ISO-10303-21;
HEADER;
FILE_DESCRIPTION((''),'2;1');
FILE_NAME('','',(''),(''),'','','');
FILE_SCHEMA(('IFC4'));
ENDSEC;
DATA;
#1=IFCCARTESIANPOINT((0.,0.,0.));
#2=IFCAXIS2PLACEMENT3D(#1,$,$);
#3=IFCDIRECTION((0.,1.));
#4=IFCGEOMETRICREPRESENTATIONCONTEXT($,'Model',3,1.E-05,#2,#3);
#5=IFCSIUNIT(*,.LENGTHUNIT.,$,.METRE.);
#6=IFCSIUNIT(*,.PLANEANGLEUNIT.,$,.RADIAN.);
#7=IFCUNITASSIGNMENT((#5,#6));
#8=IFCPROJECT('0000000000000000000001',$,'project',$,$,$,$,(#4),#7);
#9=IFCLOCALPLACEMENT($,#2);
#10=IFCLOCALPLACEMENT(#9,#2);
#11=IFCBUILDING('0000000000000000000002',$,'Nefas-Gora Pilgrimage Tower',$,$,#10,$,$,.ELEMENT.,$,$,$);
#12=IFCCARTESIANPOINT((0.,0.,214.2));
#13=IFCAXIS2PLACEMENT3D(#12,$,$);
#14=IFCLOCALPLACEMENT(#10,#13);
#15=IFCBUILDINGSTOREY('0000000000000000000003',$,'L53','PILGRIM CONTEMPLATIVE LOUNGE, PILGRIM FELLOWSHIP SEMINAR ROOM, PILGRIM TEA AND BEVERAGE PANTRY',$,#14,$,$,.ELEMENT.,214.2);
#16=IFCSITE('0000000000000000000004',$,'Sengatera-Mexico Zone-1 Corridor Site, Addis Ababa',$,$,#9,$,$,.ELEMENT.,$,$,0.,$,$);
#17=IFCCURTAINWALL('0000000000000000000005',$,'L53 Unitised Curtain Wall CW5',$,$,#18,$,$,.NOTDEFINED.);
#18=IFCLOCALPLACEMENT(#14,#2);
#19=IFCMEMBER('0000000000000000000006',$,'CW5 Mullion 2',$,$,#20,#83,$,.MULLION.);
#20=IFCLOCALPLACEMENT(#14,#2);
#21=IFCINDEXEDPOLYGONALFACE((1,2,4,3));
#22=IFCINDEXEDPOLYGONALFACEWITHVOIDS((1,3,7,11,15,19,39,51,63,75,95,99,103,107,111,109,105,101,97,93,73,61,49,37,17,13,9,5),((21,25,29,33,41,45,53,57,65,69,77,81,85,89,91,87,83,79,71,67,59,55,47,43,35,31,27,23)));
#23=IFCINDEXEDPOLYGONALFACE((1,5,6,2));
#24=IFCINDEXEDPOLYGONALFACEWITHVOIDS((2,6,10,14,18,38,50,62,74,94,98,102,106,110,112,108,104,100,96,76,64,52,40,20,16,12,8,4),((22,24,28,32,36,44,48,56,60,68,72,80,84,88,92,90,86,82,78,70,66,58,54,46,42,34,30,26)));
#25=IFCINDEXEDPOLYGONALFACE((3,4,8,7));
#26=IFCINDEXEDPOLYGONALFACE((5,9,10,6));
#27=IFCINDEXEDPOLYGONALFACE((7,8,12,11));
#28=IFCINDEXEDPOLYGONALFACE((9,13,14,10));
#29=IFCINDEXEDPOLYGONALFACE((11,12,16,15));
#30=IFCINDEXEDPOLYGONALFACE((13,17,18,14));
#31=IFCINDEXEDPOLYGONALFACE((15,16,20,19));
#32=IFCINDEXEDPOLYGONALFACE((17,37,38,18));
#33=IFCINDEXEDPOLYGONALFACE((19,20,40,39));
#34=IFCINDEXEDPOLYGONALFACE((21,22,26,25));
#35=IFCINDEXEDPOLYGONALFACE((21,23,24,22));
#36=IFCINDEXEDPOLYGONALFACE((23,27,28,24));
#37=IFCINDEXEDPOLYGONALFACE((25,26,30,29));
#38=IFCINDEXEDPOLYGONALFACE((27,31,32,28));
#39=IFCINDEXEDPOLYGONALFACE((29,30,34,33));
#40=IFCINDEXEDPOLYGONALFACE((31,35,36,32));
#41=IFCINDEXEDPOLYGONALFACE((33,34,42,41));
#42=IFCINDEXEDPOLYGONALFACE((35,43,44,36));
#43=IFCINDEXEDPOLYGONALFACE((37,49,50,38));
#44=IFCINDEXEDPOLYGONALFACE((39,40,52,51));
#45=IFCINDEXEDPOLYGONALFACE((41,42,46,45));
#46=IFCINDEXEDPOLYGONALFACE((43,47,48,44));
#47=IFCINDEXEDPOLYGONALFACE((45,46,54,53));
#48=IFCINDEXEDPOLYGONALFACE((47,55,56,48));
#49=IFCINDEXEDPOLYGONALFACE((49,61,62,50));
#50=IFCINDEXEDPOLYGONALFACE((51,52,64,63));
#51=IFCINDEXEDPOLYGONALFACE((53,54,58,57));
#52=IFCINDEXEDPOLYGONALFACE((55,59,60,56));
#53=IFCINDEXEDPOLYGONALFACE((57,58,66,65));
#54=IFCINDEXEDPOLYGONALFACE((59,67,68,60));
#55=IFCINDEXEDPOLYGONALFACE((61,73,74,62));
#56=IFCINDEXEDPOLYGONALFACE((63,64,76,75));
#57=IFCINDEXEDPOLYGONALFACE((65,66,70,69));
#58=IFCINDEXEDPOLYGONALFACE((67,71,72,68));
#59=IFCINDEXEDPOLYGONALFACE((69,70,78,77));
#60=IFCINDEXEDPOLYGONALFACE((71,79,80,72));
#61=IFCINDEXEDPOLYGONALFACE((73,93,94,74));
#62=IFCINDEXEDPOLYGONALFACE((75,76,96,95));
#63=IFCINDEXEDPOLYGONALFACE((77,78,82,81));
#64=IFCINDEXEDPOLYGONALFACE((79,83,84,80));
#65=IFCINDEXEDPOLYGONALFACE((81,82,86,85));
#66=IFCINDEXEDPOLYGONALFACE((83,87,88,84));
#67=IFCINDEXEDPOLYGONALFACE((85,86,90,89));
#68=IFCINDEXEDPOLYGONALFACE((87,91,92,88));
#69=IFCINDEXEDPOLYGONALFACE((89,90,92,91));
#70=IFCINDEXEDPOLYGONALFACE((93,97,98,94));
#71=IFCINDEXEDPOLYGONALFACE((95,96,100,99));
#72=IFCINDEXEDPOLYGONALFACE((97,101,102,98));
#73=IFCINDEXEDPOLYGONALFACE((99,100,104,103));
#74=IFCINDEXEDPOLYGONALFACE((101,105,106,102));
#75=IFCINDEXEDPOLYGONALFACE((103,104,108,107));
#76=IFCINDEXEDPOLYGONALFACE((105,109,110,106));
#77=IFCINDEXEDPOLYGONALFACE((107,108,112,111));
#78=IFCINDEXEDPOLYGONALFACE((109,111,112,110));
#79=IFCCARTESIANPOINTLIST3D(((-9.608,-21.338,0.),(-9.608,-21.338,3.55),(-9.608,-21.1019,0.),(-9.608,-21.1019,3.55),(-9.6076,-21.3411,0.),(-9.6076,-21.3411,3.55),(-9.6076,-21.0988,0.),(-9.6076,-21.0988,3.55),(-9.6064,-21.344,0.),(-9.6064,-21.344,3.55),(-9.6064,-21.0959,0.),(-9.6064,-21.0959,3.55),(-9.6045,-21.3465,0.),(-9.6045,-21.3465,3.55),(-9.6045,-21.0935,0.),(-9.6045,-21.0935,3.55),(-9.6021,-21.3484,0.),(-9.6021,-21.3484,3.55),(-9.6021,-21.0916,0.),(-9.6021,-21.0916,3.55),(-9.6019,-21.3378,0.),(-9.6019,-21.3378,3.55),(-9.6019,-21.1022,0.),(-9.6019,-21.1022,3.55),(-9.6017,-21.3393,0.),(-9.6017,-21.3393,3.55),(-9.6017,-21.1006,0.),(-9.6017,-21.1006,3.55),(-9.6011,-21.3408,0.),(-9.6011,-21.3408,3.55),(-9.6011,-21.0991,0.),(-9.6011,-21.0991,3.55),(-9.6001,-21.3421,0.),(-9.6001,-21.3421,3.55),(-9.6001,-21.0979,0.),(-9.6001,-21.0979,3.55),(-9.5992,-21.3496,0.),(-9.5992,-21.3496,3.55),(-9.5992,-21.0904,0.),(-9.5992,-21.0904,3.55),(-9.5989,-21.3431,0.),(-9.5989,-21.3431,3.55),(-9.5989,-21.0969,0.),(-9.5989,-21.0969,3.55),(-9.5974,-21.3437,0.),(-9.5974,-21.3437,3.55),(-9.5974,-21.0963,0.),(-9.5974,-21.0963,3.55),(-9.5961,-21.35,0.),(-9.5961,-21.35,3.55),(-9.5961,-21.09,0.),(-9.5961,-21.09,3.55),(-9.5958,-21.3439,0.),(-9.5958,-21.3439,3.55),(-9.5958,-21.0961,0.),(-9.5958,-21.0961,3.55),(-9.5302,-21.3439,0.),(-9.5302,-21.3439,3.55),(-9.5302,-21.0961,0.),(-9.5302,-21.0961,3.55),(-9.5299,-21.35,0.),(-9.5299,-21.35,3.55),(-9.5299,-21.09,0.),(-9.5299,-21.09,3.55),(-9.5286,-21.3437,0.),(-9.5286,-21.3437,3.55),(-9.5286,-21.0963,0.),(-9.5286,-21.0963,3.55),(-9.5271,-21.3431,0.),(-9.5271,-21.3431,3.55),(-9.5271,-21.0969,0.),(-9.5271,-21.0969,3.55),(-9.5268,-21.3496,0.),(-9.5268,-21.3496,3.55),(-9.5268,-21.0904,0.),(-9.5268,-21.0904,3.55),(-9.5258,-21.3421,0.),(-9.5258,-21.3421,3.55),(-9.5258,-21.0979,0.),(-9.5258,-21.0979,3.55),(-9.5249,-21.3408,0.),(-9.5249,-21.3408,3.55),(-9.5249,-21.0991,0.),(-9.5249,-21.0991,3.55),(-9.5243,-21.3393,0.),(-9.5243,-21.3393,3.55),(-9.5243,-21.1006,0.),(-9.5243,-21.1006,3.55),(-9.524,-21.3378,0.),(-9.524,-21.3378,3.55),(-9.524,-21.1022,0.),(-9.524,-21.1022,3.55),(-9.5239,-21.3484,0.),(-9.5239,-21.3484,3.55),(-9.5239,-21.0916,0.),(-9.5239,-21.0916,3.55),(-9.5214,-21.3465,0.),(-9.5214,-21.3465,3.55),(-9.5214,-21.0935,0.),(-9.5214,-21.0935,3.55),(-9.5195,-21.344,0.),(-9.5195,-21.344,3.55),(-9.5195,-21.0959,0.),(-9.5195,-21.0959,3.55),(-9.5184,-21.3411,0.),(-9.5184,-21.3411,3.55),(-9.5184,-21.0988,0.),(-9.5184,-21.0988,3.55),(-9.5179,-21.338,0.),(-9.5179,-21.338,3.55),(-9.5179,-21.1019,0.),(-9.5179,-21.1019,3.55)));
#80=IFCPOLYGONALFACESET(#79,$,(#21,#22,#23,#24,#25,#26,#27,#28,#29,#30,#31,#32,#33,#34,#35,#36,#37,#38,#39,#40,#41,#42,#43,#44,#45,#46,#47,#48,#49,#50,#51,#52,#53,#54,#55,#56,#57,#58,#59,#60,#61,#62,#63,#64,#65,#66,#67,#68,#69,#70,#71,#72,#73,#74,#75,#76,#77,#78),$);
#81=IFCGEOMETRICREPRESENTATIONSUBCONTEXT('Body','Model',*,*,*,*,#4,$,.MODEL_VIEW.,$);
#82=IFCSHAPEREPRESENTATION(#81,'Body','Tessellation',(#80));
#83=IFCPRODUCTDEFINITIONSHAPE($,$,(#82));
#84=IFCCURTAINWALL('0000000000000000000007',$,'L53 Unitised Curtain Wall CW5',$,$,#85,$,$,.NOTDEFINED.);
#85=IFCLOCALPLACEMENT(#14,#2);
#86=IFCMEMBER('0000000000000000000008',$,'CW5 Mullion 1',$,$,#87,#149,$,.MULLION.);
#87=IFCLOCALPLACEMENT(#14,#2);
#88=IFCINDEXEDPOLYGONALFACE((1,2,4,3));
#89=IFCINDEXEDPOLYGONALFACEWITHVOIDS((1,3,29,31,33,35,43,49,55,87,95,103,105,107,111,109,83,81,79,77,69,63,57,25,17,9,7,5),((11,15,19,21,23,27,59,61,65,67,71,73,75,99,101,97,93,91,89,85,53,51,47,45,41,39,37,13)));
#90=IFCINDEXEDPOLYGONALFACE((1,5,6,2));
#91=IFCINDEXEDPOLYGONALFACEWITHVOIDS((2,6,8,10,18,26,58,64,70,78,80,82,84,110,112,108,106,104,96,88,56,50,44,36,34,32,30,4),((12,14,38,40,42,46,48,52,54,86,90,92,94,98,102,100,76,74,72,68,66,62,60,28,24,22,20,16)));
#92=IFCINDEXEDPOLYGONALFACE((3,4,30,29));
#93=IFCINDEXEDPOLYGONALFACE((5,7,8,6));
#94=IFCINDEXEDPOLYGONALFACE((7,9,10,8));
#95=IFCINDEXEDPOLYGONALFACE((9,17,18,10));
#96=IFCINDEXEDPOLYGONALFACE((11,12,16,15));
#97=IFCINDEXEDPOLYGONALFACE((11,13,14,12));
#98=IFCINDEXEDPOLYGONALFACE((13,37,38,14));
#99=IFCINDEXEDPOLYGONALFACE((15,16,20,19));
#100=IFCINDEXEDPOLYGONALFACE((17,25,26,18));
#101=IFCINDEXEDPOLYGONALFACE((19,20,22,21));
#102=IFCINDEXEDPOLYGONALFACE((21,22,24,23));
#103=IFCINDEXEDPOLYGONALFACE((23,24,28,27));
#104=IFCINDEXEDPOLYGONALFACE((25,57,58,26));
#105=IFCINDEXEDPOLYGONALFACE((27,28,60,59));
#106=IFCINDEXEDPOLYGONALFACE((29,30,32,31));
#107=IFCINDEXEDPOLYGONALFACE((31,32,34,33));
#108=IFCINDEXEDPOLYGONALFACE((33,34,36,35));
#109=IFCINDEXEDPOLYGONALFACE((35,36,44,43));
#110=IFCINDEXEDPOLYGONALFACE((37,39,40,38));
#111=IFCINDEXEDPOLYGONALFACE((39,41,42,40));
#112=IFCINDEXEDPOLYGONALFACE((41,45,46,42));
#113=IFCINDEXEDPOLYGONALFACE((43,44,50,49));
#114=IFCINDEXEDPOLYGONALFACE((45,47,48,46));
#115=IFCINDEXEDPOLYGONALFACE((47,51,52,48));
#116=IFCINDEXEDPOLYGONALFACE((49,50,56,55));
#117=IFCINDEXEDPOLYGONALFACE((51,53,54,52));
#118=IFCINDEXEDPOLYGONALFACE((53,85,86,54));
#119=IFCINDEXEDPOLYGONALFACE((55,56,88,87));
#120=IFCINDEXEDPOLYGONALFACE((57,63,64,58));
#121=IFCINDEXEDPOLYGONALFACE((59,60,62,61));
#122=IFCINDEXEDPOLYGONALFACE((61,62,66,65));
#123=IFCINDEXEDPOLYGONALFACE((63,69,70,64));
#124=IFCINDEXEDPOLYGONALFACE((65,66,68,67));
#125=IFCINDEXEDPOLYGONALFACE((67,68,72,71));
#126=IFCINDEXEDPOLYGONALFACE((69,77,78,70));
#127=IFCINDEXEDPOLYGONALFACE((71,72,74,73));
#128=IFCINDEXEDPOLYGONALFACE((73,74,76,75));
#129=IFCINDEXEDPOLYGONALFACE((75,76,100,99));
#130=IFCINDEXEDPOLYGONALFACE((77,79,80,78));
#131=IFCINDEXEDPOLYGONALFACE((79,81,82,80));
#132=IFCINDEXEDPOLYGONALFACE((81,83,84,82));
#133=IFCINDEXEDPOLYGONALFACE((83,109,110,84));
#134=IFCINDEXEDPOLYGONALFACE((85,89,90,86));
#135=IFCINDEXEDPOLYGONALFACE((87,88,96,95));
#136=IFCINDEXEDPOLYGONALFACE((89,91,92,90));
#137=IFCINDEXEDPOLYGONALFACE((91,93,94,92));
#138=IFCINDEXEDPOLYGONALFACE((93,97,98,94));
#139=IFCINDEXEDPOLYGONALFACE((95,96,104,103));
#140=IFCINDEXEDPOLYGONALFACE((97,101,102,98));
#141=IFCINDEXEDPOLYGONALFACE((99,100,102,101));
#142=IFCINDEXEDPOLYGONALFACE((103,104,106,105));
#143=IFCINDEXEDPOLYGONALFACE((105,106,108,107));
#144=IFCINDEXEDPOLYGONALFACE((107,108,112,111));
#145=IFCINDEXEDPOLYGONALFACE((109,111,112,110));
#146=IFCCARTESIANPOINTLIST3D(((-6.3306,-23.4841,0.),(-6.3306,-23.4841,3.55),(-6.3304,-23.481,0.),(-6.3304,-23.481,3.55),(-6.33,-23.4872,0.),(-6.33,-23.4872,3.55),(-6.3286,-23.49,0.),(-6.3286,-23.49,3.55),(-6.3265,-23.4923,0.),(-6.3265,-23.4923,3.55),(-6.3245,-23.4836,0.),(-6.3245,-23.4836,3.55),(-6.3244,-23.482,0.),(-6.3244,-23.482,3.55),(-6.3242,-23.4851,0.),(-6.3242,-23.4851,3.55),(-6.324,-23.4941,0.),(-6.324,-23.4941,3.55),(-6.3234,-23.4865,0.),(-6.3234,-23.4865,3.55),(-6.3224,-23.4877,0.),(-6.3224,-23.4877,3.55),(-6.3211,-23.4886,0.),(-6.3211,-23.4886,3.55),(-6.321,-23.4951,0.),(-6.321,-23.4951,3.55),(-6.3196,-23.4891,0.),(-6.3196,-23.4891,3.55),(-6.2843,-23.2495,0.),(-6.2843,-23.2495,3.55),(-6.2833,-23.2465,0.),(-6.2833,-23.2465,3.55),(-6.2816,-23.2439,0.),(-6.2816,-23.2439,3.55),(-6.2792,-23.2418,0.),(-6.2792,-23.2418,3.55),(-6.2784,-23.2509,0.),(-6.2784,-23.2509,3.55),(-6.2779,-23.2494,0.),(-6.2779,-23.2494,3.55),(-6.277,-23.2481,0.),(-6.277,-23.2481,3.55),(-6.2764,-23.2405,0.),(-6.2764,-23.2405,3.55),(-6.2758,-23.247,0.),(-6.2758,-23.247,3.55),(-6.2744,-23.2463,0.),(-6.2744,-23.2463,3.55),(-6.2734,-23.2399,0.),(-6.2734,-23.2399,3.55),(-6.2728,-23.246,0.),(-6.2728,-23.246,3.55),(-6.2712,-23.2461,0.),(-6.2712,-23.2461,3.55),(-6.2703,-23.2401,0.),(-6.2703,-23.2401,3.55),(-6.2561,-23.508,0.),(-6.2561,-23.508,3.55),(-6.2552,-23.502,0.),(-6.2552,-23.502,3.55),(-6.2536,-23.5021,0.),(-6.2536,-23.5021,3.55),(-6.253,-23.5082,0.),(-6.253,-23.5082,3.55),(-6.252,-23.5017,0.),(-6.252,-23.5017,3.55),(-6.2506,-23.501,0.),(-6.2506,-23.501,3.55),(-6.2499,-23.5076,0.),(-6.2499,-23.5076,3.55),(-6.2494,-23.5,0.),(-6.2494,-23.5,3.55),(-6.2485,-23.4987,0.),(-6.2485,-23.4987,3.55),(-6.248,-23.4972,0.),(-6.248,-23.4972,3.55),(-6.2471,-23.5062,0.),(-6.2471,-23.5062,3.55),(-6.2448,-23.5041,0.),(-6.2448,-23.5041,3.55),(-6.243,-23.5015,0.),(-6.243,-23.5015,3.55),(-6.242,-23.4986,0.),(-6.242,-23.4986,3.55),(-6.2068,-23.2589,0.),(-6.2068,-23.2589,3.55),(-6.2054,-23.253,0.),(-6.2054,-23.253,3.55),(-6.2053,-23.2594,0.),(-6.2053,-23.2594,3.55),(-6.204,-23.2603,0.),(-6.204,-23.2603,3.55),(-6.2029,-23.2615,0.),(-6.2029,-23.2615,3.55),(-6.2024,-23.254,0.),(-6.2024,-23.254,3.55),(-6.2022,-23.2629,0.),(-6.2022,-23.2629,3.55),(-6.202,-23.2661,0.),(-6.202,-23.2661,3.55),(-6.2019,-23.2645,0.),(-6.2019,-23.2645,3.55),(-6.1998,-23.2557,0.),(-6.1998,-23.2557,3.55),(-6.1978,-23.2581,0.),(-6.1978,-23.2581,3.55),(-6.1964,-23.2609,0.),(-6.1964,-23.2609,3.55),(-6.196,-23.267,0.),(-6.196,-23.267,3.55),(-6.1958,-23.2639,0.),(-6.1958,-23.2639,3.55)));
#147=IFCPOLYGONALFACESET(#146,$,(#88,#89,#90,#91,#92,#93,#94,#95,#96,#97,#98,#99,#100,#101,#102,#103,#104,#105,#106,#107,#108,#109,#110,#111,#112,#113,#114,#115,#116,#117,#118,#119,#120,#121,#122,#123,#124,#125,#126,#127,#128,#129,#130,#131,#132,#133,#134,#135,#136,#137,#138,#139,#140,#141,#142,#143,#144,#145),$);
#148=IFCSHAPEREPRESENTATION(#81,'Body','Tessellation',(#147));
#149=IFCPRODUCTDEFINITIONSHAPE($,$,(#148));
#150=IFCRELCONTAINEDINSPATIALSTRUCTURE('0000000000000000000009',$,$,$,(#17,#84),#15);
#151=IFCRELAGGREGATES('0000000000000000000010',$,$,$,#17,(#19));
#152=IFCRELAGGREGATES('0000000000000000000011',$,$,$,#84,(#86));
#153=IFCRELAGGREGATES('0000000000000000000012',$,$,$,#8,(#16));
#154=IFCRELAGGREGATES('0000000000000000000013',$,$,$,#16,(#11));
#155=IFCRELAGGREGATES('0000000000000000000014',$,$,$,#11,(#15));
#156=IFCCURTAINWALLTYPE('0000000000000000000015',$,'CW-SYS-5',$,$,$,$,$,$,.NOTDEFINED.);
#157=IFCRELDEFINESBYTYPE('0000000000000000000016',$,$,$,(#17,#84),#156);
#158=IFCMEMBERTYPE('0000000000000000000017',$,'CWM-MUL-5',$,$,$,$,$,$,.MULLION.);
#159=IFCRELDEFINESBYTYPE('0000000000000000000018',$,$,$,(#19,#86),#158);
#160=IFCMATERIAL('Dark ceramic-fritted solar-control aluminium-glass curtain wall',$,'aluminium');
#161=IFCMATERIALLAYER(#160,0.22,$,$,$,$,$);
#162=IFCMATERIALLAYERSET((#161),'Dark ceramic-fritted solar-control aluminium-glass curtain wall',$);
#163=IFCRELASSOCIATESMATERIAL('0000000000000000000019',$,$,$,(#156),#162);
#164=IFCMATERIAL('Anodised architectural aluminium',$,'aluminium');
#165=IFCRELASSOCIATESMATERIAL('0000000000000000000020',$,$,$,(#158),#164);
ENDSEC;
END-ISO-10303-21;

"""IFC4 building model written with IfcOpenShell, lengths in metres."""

from ifc_helpers import new_model, si_unit, direction, frame, origin, origin_2d, place, context, subcontext, project, spatial, hollow_rectangle, extrude, source, transform, mapped, material, layer, layer_set, material_profile, profile_set, type_object, element, aggregate, save


model = new_model("IFC4")

# Units and contexts
model_context = context("Model", 3, precision=1e-05, world=origin(), true_north=direction((0.0, 1.0)))
body_context = subcontext(model_context, "Body", "Model", "MODEL_VIEW")
ifc_project = project(units=[si_unit("LENGTHUNIT", "METRE"), si_unit("PLANEANGLEUNIT", "RADIAN")], contexts=[model_context])

# Site, building, storey
site_placement = place(None, origin())
site = spatial("IfcSite", under=ifc_project, at=site_placement, Name="Sengatera-Mexico Zone-1 Corridor Site, Addis Ababa", CompositionType="ELEMENT", RefElevation=0.0)
building_placement = place(site_placement, origin())
building = spatial("IfcBuilding", under=site, at=building_placement, Name="Nefas-Gora Pilgrimage Tower", CompositionType="ELEMENT")
storey_placement = place(building_placement, frame((0.0, 0.0, 214.2)))
storey = spatial("IfcBuildingStorey", under=building, at=storey_placement, Name="L53", Description="PILGRIM CONTEMPLATIVE LOUNGE, PILGRIM FELLOWSHIP SEMINAR ROOM, PILGRIM TEA AND BEVERAGE PANTRY", CompositionType="ELEMENT", Elevation=214.2)

# Curtain wall, member
ifc_material_1 = material(Name="Dark ceramic-fritted solar-control aluminium-glass curtain wall", Category="aluminium")
ifc_layer_1 = layer(ifc_material_1, 0.22)
ifc_layer_set_1 = layer_set([ifc_layer_1], Name="Dark ceramic-fritted solar-control aluminium-glass curtain wall")
curtain_wall_type = type_object("IfcCurtainWallType", Name="CW-SYS-5", PredefinedType="NOTDEFINED", material=ifc_layer_set_1)
curtain_wall_1_placement = place(storey_placement, origin())
curtain_wall_1 = element("IfcCurtainWall", 1, at=curtain_wall_1_placement, inside=storey, type_object=curtain_wall_type, Name="L53 Unitised Curtain Wall CW5", PredefinedType="NOTDEFINED")
ifc_material_2 = material(Name="Anodised architectural aluminium", Category="aluminium")
ifc_material_profile_1 = material_profile(ifc_material_2, hollow_rectangle(XDim=0.0901, YDim=0.26, WallThickness=0.0061, InnerFilletRadius=0.0061, OuterFilletRadius=0.012, at=origin_2d()), Name="ALU MULLION 90x260")
ifc_profile_set_1 = profile_set([ifc_material_profile_1], Name="Anodised architectural aluminium")
member_type_1 = type_object("IfcMemberType", Name="CWM-MUL-5", PredefinedType="MULLION", material=ifc_profile_set_1)
shared_shape_1 = source(origin(), body_context, "Body", "SweptSolid", [
    extrude(hollow_rectangle(XDim=0.0901, YDim=0.26, WallThickness=0.0061, InnerFilletRadius=0.0061, OuterFilletRadius=0.012, at=origin_2d()), origin(), (0.0, 0.0, 1.0), 3.55),
])
member_1_placement = place(storey_placement, frame((-9.563, -21.22, 0.0), z_axis=(0.0, 0.0, 1.0), x_axis=(1.0, 0.0, 0.0)))
member_1 = element("IfcMember", 2, at=member_1_placement, type_object=member_type_1, Name="CW5 Mullion 2", PredefinedType="MULLION", context=body_context, shape_type="MappedRepresentation", body=[
    mapped(shared_shape_1, transform((0.0, 0.0, 0.0), x_axis=(1.0, 0.0, 0.0), y_axis=(0.0, 1.0, 0.0), z_axis=(0.0, 0.0, 1.0), scale=1.0)),
])
aggregate(curtain_wall_1, [member_1])

# Curtain wall, member
curtain_wall_2_placement = place(storey_placement, origin())
curtain_wall_2 = element("IfcCurtainWall", 3, at=curtain_wall_2_placement, inside=storey, type_object=curtain_wall_type, Name="L53 Unitised Curtain Wall CW5", PredefinedType="NOTDEFINED")
member_2_placement = place(storey_placement, frame((-6.2632, -23.374, 0.0), z_axis=(0.0, 0.0, 1.0), x_axis=(0.980783, -0.195102, 0.0)))
member_2 = element("IfcMember", 4, at=member_2_placement, type_object=member_type_1, Name="CW5 Mullion 1", PredefinedType="MULLION", context=body_context, shape_type="MappedRepresentation", body=[
    mapped(shared_shape_1, transform((0.0, 0.0, 0.0), x_axis=(1.0, 0.0, 0.0), y_axis=(0.0, 1.0, 0.0), z_axis=(0.0, 0.0, 1.0), scale=1.0)),
])

aggregate(curtain_wall_2, [member_2])

save(model, "model.ifc")
